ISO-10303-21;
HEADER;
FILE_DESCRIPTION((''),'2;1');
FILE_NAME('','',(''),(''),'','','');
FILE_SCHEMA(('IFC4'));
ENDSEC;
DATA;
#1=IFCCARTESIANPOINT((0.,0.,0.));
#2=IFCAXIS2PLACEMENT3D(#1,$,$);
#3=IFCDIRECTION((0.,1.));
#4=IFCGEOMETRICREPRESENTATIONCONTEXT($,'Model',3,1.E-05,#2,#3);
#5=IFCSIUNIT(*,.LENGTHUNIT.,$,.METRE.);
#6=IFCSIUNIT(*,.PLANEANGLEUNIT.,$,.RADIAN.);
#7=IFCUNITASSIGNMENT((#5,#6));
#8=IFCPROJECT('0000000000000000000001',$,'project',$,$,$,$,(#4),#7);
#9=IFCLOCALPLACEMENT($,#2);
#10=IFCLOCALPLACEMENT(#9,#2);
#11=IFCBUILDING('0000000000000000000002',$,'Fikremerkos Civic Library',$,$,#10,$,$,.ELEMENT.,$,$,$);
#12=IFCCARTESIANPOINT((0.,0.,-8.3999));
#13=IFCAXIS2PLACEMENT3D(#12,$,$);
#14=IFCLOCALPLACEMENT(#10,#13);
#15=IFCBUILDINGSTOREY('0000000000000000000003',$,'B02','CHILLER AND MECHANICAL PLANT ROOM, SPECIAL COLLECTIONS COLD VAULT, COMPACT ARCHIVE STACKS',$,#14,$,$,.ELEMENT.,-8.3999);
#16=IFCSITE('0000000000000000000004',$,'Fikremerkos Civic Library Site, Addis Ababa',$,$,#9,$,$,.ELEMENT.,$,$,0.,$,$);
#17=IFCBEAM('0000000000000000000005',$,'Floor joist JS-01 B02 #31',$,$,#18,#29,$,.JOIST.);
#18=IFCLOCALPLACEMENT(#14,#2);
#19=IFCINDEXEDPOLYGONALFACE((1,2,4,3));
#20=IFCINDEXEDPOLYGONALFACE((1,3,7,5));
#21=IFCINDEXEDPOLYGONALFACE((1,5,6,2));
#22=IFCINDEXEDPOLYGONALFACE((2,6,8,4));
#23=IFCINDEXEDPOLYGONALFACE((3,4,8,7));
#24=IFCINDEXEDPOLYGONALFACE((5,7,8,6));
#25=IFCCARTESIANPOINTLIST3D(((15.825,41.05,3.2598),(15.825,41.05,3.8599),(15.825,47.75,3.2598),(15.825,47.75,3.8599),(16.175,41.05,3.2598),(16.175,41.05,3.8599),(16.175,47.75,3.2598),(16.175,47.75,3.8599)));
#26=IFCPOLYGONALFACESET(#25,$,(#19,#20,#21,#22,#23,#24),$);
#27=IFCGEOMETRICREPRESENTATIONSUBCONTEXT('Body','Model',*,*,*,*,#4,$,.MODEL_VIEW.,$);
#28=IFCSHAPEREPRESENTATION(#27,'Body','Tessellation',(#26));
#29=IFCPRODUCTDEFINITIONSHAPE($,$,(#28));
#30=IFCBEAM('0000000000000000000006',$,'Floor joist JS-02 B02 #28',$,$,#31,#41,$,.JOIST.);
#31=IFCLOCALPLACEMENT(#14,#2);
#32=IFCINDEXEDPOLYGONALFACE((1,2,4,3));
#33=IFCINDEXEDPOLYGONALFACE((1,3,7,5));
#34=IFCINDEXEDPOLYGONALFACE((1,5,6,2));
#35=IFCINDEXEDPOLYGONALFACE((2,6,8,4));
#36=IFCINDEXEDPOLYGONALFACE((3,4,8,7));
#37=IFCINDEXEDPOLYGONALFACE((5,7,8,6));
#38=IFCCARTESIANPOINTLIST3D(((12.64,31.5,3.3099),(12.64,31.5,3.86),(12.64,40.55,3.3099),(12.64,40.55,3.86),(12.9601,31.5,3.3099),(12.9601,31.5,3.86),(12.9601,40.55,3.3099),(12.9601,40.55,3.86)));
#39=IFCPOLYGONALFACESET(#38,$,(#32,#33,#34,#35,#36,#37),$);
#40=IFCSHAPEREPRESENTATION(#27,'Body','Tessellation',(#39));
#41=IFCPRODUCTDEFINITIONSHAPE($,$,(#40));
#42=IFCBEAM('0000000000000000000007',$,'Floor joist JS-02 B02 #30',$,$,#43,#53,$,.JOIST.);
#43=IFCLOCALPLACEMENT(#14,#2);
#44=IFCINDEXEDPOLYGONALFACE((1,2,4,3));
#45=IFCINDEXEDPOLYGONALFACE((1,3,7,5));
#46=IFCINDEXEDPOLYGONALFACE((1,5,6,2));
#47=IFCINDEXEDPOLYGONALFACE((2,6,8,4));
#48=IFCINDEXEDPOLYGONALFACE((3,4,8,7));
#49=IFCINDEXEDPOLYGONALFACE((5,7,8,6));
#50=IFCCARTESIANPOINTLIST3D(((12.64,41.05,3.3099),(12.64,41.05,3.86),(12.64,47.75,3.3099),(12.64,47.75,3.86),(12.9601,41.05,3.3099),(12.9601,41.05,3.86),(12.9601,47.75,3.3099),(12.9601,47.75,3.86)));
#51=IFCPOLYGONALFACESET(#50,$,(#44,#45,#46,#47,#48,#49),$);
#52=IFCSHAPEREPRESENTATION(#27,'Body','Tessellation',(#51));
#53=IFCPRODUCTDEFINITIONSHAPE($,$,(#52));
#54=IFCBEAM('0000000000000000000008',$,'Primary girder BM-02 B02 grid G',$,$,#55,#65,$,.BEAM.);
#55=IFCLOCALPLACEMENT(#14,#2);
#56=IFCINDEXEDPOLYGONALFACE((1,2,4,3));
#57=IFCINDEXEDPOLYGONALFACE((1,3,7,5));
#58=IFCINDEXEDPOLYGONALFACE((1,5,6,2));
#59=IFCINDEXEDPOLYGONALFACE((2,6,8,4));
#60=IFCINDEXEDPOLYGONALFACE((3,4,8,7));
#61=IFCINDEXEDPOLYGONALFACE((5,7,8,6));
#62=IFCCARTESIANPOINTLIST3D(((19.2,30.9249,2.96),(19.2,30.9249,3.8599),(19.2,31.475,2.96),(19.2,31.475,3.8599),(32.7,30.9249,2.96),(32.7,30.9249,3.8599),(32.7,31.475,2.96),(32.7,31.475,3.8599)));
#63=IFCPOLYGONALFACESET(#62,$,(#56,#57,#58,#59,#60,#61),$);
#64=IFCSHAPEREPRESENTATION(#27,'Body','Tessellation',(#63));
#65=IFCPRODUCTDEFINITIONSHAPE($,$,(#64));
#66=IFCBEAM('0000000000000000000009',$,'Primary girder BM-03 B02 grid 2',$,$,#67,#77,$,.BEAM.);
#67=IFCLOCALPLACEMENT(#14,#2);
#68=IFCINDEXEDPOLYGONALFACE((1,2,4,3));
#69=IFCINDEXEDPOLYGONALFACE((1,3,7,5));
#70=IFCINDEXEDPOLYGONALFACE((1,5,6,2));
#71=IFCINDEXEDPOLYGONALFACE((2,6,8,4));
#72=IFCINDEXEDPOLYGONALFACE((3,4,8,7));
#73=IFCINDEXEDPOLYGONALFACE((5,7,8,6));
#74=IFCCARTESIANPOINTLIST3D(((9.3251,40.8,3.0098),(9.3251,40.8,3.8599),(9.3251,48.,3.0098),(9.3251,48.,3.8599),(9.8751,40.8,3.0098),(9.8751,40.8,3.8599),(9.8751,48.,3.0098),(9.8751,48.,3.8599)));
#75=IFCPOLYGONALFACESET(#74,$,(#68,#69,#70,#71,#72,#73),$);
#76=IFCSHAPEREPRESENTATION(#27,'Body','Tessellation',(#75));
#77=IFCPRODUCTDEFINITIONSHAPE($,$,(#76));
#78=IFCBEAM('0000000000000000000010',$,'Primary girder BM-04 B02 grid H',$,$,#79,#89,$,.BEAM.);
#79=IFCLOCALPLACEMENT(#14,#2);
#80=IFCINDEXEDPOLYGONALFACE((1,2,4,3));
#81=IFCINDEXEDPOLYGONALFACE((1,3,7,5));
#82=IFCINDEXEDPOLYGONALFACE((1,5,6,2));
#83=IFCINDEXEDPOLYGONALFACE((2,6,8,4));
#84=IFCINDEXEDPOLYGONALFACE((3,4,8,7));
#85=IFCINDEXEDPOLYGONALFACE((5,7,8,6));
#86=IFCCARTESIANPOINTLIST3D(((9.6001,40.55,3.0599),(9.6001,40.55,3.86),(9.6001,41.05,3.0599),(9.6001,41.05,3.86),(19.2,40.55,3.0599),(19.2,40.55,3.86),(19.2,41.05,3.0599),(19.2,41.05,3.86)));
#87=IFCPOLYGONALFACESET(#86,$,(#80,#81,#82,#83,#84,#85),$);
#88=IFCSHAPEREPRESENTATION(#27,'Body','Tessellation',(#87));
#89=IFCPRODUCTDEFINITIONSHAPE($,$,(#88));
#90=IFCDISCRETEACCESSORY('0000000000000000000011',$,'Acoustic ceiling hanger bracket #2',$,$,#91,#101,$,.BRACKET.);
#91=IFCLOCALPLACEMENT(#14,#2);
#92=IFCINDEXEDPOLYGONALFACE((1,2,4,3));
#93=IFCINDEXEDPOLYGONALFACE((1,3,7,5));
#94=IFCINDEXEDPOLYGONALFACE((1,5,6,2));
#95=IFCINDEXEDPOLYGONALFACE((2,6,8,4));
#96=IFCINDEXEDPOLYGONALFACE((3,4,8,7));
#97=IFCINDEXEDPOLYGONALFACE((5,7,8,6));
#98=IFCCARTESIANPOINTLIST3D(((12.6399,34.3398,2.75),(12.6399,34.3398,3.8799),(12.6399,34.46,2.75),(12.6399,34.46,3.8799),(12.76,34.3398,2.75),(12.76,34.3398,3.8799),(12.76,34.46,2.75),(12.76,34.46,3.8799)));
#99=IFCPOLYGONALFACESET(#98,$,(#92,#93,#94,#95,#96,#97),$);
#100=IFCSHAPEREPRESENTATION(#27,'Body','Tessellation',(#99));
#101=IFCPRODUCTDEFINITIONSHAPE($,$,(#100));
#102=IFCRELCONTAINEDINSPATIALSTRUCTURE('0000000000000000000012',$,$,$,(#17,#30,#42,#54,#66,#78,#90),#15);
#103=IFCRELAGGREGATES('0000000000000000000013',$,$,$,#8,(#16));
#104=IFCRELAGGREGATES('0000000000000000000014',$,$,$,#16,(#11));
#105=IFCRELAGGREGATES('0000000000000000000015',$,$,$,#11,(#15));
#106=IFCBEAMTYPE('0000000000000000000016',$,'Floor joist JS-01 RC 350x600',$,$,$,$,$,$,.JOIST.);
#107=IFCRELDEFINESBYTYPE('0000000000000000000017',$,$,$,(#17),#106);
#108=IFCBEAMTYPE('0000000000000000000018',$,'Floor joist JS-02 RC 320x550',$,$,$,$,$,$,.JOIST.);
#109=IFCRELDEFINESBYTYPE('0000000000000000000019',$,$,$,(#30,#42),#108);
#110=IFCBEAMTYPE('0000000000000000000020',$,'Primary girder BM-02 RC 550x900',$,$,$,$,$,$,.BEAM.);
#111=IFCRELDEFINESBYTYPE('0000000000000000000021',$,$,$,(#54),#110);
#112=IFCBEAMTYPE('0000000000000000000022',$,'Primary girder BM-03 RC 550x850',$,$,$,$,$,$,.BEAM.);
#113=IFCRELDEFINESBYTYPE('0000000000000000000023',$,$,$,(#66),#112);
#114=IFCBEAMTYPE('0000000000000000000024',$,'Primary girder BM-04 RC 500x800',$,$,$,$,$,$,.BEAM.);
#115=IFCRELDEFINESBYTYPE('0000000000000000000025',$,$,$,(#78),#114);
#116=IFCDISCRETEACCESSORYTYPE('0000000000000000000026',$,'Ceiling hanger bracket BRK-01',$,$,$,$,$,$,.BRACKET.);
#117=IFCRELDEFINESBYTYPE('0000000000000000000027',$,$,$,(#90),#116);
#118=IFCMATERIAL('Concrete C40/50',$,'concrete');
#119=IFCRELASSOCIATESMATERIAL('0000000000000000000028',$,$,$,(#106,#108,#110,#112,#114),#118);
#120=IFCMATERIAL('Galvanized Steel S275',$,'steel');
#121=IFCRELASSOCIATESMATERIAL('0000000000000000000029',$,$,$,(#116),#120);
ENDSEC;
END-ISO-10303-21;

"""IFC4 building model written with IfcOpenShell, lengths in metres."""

from ifc_helpers import new_model, si_unit, direction, frame, origin, origin_2d, place, context, subcontext, project, spatial, rectangle, extrude, material, material_profile, profile_set, type_object, element, save


model = new_model("IFC4")

# Units and contexts
model_context = context("Model", 3, precision=1e-05, world=origin(), true_north=direction((0.0, 1.0)))
body_context = subcontext(model_context, "Body", "Model", "MODEL_VIEW")
ifc_project = project(units=[si_unit("LENGTHUNIT", "METRE"), si_unit("PLANEANGLEUNIT", "RADIAN")], contexts=[model_context])

# Site, building, storey
site_placement = place(None, origin())
site = spatial("IfcSite", under=ifc_project, at=site_placement, Name="Fikremerkos Civic Library Site, Addis Ababa", CompositionType="ELEMENT", RefElevation=0.0)
building_placement = place(site_placement, origin())
building = spatial("IfcBuilding", under=site, at=building_placement, Name="Fikremerkos Civic Library", CompositionType="ELEMENT")
storey_placement = place(building_placement, frame((0.0, 0.0, -8.3999)))
storey = spatial("IfcBuildingStorey", under=building, at=storey_placement, Name="B02", Description="CHILLER AND MECHANICAL PLANT ROOM, SPECIAL COLLECTIONS COLD VAULT, COMPACT ARCHIVE STACKS", CompositionType="ELEMENT", Elevation=-8.3999)

# Shared definitions
ifc_material_1 = material(Name="Concrete C40/50", Category="concrete")

# Beams
ifc_material_profile_1 = material_profile(ifc_material_1, rectangle(XDim=0.3501, YDim=0.6001, at=origin_2d()), Name="RC 350x600")
ifc_profile_set_1 = profile_set([ifc_material_profile_1], Name="Concrete C40/50")
beam_type_1 = type_object("IfcBeamType", Name="Floor joist JS-01 RC 350x600", PredefinedType="JOIST", material=ifc_profile_set_1)
beam_1_placement = place(storey_placement, frame((16.0, 41.05, 3.5598), z_axis=(0.0, 1.0, 0.0), x_axis=(-1.0, 0.0, 0.0)))
element("IfcBeam", 1, at=beam_1_placement, inside=storey, type_object=beam_type_1, Name="Floor joist JS-01 B02 #31", PredefinedType="JOIST", context=body_context, shape_type="SweptSolid", body=[
    extrude(rectangle(XDim=0.3501, YDim=0.6001, at=origin_2d()), origin(), (0.0, 0.0, 1.0), 6.7),
])
ifc_material_profile_2 = material_profile(ifc_material_1, rectangle(XDim=0.3201, YDim=0.55, at=origin_2d()), Name="RC 320x550")
ifc_profile_set_2 = profile_set([ifc_material_profile_2], Name="Concrete C40/50")
beam_type_2 = type_object("IfcBeamType", Name="Floor joist JS-02 RC 320x550", PredefinedType="JOIST", material=ifc_profile_set_2)
beam_2_placement = place(storey_placement, frame((12.8, 31.5, 3.585), z_axis=(0.0, 1.0, 0.0), x_axis=(-1.0, 0.0, 0.0)))
element("IfcBeam", 2, at=beam_2_placement, inside=storey, type_object=beam_type_2, Name="Floor joist JS-02 B02 #28", PredefinedType="JOIST", context=body_context, shape_type="SweptSolid", body=[
    extrude(rectangle(XDim=0.3201, YDim=0.55, at=origin_2d()), origin(), (0.0, 0.0, 1.0), 9.05),
])
beam_3_placement = place(storey_placement, frame((12.8, 41.05, 3.585), z_axis=(0.0, 1.0, 0.0), x_axis=(-1.0, 0.0, 0.0)))
element("IfcBeam", 3, at=beam_3_placement, inside=storey, type_object=beam_type_2, Name="Floor joist JS-02 B02 #30", PredefinedType="JOIST", context=body_context, shape_type="SweptSolid", body=[
    extrude(rectangle(XDim=0.3201, YDim=0.55, at=origin_2d()), origin(), (0.0, 0.0, 1.0), 6.7),
])
ifc_material_profile_3 = material_profile(ifc_material_1, rectangle(XDim=0.55, YDim=0.8999, at=origin_2d()), Name="RC 550x900")
ifc_profile_set_3 = profile_set([ifc_material_profile_3], Name="Concrete C40/50")
beam_type_3 = type_object("IfcBeamType", Name="Primary girder BM-02 RC 550x900", PredefinedType="BEAM", material=ifc_profile_set_3)
beam_4_placement = place(storey_placement, frame((19.2, 31.2, 3.4099), z_axis=(1.0, 0.0, 0.0), x_axis=(0.0, 1.0, 0.0)))
element("IfcBeam", 4, at=beam_4_placement, inside=storey, type_object=beam_type_3, Name="Primary girder BM-02 B02 grid G", PredefinedType="BEAM", context=body_context, shape_type="SweptSolid", body=[
    extrude(rectangle(XDim=0.55, YDim=0.8999, at=origin_2d()), origin(), (0.0, 0.0, 1.0), 13.5),
])
ifc_material_profile_4 = material_profile(ifc_material_1, rectangle(XDim=0.55, YDim=0.8501, at=origin_2d()), Name="RC 550x850")
ifc_profile_set_4 = profile_set([ifc_material_profile_4], Name="Concrete C40/50")
beam_type_4 = type_object("IfcBeamType", Name="Primary girder BM-03 RC 550x850", PredefinedType="BEAM", material=ifc_profile_set_4)
beam_5_placement = place(storey_placement, frame((9.6001, 40.8, 3.4348), z_axis=(0.0, 1.0, 0.0), x_axis=(-1.0, 0.0, 0.0)))
element("IfcBeam", 5, at=beam_5_placement, inside=storey, type_object=beam_type_4, Name="Primary girder BM-03 B02 grid 2", PredefinedType="BEAM", context=body_context, shape_type="SweptSolid", body=[
    extrude(rectangle(XDim=0.55, YDim=0.8501, at=origin_2d()), origin(), (0.0, 0.0, 1.0), 7.2),
])
ifc_material_profile_5 = material_profile(ifc_material_1, rectangle(XDim=0.5, YDim=0.8, at=origin_2d()), Name="RC 500x800")
ifc_profile_set_5 = profile_set([ifc_material_profile_5], Name="Concrete C40/50")
beam_type_5 = type_object("IfcBeamType", Name="Primary girder BM-04 RC 500x800", PredefinedType="BEAM", material=ifc_profile_set_5)
beam_6_placement = place(storey_placement, frame((9.6001, 40.8, 3.46), z_axis=(1.0, 0.0, 0.0), x_axis=(0.0, 1.0, 0.0)))
element("IfcBeam", 6, at=beam_6_placement, inside=storey, type_object=beam_type_5, Name="Primary girder BM-04 B02 grid H", PredefinedType="BEAM", context=body_context, shape_type="SweptSolid", body=[
    extrude(rectangle(XDim=0.5, YDim=0.8, at=origin_2d()), origin(), (0.0, 0.0, 1.0), 9.5999),
])

# Discrete accessory
ifc_material_2 = material(Name="Galvanized Steel S275", Category="steel")
discrete_accessory_type = type_object("IfcDiscreteAccessoryType", Name="Ceiling hanger bracket BRK-01", PredefinedType="BRACKET", material=ifc_material_2)
discrete_accessory_placement = place(storey_placement, frame((12.7, 34.3999, 2.75), z_axis=(0.0, 0.0, 1.0), x_axis=(1.0, 0.0, 0.0)))
element("IfcDiscreteAccessory", 7, at=discrete_accessory_placement, inside=storey, type_object=discrete_accessory_type, Name="Acoustic ceiling hanger bracket #2", PredefinedType="BRACKET", context=body_context, shape_type="SweptSolid", body=[
    extrude(rectangle(XDim=0.1201, YDim=0.1201, at=origin_2d()), origin(), (0.0, 0.0, 1.0), 1.1299),
])

save(model, "model.ifc")
